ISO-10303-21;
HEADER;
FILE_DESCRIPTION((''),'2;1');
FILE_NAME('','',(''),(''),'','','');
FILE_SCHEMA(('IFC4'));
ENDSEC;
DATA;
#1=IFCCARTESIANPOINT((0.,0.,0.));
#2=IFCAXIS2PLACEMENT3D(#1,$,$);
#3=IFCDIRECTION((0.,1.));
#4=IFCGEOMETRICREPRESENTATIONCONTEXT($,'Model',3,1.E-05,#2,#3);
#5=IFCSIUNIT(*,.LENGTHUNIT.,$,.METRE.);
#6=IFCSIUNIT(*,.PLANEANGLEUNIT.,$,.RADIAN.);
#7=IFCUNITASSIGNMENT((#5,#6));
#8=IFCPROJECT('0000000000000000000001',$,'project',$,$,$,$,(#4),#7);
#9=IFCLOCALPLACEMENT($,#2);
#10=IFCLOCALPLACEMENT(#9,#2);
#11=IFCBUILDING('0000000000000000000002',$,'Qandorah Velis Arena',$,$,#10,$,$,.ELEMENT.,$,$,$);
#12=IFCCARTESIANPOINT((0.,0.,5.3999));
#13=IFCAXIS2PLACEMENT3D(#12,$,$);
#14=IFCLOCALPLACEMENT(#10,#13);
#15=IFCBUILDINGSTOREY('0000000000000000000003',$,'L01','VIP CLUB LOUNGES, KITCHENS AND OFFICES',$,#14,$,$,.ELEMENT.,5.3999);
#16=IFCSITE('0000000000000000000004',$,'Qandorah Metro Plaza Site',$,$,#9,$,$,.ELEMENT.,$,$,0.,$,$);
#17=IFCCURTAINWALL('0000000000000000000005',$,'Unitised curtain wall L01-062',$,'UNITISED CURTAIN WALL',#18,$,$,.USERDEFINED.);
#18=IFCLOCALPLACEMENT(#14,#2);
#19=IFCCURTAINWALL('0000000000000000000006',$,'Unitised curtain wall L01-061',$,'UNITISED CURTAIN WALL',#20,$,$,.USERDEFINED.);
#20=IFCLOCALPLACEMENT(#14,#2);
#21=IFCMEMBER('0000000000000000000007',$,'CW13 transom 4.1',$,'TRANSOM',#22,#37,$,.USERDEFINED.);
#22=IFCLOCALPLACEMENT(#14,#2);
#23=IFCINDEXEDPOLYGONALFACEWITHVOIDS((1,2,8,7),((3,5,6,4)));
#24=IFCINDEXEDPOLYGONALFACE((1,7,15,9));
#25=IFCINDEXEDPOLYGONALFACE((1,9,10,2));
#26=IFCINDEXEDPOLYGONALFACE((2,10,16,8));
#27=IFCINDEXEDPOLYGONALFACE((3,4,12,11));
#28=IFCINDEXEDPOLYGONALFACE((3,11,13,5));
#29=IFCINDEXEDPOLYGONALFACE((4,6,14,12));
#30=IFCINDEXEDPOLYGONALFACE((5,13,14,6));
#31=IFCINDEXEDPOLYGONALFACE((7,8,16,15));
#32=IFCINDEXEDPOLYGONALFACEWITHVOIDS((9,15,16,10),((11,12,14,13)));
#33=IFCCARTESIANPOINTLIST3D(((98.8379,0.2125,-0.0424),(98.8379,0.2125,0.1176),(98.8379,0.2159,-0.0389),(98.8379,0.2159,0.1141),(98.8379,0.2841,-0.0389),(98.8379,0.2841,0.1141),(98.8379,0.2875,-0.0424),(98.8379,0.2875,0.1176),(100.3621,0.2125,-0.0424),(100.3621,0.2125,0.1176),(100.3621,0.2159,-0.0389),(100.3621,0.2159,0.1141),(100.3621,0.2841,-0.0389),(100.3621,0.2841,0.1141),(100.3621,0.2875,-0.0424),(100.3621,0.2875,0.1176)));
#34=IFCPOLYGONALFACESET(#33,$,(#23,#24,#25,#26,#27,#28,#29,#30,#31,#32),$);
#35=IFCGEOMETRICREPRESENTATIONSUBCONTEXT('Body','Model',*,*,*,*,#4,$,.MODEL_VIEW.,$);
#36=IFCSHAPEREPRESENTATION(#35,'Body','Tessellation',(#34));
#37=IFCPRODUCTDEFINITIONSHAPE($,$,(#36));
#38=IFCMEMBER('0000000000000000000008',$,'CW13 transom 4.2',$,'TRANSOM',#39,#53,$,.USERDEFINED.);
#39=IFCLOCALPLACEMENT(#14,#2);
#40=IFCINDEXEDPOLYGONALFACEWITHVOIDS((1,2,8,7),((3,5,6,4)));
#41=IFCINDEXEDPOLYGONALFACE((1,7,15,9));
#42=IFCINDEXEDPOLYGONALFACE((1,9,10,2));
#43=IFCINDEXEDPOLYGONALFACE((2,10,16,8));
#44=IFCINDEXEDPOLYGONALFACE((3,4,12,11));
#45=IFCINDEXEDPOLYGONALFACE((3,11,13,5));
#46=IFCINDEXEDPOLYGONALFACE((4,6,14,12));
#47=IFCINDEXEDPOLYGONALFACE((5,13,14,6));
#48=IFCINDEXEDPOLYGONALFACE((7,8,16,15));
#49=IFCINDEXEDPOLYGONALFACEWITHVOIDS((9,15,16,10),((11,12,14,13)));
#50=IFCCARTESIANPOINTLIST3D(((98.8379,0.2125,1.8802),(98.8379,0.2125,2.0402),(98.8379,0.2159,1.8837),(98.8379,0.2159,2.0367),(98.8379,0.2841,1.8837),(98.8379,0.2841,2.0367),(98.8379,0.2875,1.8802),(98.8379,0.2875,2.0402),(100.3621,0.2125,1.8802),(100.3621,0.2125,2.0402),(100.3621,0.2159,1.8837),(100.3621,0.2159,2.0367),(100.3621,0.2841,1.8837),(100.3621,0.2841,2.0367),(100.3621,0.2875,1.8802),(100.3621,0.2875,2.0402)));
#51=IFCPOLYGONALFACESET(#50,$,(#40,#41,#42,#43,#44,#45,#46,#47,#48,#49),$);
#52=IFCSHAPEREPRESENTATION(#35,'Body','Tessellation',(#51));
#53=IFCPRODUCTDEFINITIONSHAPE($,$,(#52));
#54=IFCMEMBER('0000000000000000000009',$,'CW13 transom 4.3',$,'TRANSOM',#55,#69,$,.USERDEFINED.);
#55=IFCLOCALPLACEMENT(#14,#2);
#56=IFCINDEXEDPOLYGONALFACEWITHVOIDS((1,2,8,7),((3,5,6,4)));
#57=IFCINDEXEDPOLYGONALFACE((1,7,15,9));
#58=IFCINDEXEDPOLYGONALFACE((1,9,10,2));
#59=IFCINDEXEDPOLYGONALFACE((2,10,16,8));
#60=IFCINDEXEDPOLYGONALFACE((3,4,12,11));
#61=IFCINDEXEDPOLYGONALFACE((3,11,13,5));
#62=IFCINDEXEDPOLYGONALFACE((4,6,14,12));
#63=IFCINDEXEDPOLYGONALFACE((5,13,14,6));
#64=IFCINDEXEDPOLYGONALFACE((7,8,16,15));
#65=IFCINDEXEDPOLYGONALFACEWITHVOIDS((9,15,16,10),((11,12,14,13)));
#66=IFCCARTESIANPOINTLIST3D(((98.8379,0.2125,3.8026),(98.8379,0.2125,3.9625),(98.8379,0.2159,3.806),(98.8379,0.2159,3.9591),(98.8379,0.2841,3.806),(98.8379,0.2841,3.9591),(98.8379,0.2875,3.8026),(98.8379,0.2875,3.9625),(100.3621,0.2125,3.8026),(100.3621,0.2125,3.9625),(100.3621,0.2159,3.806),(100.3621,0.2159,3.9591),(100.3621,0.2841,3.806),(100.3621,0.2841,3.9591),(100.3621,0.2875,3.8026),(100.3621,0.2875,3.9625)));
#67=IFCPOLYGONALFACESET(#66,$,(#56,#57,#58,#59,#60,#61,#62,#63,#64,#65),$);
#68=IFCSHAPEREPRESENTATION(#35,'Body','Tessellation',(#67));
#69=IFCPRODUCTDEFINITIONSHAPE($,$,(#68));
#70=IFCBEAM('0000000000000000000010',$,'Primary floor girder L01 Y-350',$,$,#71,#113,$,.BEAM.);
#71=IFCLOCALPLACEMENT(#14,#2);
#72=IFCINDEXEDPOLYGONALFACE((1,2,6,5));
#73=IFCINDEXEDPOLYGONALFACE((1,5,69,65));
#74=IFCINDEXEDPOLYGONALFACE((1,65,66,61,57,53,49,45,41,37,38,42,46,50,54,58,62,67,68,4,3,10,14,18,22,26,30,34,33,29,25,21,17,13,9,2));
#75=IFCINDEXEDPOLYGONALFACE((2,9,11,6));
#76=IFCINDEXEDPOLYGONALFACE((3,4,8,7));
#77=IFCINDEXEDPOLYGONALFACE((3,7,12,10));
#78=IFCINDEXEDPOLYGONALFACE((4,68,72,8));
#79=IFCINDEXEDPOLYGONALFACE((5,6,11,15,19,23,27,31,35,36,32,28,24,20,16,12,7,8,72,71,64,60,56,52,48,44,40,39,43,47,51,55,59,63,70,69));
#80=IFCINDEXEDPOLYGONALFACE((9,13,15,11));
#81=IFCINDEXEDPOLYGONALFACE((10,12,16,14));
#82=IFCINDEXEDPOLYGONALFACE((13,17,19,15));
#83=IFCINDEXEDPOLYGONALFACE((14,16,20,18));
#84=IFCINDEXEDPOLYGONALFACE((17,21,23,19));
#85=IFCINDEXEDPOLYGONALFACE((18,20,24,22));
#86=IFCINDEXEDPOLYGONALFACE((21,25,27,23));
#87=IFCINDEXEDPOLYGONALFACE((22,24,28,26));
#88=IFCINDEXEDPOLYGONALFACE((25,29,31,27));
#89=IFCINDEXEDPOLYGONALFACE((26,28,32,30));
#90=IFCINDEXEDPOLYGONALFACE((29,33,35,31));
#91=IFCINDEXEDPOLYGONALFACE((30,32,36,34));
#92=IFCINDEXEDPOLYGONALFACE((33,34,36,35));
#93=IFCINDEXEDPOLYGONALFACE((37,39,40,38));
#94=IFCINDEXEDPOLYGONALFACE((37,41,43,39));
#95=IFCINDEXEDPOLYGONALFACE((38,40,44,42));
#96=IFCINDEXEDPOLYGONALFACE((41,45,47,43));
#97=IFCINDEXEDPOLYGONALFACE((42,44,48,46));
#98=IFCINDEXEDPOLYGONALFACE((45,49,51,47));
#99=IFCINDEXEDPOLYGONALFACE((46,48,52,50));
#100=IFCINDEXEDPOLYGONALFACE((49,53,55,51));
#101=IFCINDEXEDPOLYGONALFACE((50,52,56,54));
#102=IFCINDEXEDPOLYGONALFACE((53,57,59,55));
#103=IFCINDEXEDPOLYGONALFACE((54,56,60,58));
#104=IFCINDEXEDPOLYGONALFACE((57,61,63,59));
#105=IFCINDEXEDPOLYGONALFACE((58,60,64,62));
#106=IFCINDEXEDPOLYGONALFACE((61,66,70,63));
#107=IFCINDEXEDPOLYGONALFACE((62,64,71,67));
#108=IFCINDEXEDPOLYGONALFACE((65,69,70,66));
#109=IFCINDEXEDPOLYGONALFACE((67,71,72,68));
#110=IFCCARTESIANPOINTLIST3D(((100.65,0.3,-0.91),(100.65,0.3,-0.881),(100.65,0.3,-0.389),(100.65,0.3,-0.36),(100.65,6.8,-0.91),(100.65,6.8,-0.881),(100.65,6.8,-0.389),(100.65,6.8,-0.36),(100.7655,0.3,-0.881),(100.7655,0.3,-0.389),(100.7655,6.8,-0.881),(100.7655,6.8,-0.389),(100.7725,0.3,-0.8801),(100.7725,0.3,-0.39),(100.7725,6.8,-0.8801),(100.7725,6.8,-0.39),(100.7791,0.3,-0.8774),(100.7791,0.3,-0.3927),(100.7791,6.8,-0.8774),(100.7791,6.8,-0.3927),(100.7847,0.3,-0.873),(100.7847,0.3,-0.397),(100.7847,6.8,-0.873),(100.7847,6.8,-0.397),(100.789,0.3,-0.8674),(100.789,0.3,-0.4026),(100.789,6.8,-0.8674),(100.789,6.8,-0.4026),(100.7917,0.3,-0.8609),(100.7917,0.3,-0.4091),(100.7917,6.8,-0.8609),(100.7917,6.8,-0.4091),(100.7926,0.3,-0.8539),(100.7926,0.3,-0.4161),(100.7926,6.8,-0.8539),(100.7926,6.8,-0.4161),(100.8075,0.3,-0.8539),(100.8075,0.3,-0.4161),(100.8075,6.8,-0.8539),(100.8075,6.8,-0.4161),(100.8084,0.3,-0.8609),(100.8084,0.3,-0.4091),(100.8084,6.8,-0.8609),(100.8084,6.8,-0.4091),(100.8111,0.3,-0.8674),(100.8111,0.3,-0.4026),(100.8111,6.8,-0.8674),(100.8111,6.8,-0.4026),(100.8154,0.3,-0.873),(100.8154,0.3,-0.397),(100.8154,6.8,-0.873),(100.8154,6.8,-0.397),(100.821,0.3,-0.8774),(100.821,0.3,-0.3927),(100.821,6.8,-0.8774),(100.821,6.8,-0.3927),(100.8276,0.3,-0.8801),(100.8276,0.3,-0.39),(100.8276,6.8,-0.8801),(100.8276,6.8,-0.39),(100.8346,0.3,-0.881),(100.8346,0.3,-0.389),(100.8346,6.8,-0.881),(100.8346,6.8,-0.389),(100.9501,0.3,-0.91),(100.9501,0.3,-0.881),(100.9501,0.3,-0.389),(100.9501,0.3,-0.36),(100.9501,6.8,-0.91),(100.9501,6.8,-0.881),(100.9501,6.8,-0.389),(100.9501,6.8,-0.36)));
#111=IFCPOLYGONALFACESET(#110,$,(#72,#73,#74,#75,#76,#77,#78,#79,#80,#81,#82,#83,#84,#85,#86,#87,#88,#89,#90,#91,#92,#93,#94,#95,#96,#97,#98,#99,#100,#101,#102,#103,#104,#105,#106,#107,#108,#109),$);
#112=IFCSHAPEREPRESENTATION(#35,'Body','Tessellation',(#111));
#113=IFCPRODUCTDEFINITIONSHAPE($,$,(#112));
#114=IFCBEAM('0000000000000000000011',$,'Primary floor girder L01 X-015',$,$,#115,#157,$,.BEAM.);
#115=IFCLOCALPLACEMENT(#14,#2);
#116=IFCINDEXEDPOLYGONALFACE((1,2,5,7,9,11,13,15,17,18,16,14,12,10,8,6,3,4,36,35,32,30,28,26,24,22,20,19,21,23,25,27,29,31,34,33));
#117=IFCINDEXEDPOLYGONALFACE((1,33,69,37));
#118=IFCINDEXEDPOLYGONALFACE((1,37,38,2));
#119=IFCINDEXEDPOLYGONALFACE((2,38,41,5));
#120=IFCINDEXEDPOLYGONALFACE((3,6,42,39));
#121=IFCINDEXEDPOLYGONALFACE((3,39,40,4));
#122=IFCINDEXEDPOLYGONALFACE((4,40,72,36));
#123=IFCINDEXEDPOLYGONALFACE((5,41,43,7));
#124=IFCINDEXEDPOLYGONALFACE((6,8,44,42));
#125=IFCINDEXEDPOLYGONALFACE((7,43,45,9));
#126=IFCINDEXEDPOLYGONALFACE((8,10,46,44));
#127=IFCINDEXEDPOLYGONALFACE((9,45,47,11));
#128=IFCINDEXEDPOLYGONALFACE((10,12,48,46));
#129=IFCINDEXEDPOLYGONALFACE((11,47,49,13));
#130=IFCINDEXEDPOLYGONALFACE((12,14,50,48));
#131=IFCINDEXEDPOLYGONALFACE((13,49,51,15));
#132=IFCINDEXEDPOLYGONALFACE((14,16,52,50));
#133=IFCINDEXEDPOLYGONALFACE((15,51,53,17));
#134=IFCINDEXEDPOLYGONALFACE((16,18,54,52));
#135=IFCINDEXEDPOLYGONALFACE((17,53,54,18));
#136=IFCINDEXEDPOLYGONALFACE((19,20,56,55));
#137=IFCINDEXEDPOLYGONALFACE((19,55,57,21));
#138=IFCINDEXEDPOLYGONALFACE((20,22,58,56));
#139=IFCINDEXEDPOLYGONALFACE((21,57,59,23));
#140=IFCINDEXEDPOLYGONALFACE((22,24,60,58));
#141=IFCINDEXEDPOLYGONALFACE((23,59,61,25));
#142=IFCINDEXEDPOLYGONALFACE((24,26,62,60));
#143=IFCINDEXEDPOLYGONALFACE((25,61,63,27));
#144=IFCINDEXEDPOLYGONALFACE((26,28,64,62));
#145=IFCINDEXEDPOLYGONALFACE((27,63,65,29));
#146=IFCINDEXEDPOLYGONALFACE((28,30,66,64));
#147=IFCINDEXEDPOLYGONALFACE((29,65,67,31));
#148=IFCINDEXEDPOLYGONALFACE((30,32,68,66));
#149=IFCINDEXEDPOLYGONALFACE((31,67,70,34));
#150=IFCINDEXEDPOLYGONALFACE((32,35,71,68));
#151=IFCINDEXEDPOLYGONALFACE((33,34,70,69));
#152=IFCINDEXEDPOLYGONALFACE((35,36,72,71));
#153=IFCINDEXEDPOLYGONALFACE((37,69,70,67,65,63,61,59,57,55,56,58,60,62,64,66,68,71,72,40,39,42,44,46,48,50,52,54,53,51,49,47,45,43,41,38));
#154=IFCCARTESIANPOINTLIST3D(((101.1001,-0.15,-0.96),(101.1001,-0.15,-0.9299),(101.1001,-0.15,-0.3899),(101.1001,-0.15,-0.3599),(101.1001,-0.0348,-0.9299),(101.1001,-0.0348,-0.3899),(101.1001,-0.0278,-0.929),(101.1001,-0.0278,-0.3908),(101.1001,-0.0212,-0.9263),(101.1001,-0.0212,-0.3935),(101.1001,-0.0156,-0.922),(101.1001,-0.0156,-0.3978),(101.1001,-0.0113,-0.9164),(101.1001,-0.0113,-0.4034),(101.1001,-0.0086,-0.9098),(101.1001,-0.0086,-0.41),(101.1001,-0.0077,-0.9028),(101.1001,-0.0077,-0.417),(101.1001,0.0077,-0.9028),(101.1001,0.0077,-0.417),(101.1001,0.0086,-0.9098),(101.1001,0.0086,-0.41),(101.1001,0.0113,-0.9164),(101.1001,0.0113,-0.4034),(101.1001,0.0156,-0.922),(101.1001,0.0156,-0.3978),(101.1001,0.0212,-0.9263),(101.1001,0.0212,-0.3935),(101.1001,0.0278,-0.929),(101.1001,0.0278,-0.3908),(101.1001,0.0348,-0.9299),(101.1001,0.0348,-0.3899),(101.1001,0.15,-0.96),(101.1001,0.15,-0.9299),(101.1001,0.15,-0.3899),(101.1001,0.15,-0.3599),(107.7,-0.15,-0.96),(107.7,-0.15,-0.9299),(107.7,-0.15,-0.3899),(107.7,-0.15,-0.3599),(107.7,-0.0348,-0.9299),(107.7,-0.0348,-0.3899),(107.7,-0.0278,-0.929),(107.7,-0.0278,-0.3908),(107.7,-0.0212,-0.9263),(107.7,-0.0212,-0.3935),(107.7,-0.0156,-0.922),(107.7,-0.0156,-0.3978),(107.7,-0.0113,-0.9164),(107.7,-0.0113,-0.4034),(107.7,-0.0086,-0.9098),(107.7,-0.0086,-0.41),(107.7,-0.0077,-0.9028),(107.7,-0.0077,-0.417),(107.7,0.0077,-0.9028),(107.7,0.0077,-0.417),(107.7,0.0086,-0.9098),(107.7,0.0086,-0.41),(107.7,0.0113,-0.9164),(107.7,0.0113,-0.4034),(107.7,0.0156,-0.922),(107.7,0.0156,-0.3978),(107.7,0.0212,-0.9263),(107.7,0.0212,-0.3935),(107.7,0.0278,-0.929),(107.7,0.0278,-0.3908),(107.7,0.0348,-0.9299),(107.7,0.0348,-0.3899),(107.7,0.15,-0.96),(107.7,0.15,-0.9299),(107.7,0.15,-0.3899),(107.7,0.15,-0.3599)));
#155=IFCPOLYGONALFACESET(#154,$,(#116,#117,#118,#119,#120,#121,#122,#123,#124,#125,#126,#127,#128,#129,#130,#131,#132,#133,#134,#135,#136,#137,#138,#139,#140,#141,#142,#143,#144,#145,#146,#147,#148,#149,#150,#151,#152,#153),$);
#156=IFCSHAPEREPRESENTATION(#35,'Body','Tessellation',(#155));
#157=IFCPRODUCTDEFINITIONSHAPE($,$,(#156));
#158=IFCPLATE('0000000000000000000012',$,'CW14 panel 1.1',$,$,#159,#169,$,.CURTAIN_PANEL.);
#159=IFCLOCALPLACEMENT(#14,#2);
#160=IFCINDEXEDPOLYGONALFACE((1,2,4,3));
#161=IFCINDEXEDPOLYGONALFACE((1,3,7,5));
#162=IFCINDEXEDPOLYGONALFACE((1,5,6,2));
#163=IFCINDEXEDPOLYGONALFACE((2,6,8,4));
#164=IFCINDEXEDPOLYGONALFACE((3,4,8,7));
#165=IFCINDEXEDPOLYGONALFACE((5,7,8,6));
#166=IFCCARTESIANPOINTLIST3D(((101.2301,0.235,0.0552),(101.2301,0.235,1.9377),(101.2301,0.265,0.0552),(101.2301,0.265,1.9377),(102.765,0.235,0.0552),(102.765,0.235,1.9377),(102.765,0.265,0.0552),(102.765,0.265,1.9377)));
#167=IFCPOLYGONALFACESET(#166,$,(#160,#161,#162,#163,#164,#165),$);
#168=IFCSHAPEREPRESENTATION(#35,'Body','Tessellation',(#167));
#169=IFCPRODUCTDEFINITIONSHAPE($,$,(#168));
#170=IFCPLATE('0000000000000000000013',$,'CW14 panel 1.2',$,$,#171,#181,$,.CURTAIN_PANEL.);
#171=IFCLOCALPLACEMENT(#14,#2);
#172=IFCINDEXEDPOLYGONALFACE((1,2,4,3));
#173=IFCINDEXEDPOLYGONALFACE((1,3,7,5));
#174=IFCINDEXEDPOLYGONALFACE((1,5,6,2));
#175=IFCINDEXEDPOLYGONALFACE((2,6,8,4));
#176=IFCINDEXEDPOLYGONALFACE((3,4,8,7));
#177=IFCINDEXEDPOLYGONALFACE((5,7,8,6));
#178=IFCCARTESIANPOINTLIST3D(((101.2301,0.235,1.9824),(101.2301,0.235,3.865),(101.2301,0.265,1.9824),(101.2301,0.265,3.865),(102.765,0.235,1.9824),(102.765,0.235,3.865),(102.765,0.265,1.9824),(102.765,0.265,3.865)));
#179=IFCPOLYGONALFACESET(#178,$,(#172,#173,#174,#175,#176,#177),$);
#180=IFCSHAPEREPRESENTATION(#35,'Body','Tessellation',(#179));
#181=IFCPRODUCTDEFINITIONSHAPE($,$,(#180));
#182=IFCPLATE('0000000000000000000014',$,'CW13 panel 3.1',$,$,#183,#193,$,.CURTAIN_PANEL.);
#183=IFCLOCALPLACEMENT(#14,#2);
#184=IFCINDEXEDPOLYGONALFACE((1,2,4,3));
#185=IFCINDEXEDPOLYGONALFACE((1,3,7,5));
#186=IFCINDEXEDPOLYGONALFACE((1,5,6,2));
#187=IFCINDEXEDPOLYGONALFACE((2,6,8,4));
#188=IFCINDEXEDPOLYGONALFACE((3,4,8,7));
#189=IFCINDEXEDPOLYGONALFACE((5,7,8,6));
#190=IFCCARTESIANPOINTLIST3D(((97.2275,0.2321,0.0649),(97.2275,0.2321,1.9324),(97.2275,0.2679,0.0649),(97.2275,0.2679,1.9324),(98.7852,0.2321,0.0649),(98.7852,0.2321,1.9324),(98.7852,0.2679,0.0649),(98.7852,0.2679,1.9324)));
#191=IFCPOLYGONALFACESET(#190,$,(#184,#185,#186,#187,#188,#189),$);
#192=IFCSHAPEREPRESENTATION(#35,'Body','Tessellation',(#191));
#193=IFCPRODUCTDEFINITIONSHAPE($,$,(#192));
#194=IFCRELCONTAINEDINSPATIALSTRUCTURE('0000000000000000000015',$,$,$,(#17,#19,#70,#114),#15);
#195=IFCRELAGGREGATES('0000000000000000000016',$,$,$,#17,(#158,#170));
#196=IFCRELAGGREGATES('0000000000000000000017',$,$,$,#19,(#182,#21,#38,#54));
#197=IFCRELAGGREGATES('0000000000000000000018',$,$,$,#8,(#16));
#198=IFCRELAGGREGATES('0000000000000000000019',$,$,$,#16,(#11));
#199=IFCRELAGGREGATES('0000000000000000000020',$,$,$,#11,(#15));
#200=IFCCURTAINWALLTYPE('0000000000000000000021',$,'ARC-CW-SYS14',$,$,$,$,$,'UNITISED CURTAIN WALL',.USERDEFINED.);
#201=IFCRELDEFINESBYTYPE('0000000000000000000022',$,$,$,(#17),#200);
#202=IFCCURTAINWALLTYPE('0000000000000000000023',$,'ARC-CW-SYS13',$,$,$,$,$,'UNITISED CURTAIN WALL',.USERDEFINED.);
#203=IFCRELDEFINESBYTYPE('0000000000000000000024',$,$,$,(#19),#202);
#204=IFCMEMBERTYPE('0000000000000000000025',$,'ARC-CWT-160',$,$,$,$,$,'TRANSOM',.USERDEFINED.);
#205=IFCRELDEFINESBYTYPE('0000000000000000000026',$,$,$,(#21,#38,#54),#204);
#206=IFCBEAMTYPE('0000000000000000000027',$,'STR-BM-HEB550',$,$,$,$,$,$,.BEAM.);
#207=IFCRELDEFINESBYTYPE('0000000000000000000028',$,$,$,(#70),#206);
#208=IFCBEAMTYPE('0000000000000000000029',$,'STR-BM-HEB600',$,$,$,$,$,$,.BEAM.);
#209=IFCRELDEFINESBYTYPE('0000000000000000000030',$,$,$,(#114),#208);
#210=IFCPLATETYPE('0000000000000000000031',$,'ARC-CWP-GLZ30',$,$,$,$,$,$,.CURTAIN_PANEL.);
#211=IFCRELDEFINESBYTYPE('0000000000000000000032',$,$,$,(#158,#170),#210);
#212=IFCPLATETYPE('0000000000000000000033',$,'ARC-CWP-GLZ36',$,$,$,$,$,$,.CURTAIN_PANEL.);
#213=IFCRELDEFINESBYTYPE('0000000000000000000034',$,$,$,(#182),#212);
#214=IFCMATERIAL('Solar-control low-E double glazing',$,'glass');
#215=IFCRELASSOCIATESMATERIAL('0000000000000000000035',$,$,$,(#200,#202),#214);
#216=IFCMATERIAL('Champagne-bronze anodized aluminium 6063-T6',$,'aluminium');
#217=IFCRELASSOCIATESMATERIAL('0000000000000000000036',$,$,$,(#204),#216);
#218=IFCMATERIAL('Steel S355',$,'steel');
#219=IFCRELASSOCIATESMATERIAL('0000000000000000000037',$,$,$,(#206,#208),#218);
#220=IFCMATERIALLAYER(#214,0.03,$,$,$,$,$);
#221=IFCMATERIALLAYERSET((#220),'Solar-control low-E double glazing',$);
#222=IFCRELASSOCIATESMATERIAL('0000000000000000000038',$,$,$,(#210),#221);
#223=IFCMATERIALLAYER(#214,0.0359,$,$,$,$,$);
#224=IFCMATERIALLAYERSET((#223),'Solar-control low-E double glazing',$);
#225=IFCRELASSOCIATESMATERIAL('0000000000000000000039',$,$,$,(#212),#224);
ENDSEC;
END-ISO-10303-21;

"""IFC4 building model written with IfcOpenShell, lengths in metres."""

from ifc_helpers import new_model, si_unit, direction, frame, origin, origin_2d, place, context, subcontext, project, spatial, rectangle, hollow_rectangle, i_section, extrude, material, layer, layer_set, material_profile, profile_set, type_object, element, aggregate, save


model = new_model("IFC4")

# Units and contexts
model_context = context("Model", 3, precision=1e-05, world=origin(), true_north=direction((0.0, 1.0)))
body_context = subcontext(model_context, "Body", "Model", "MODEL_VIEW")
ifc_project = project(units=[si_unit("LENGTHUNIT", "METRE"), si_unit("PLANEANGLEUNIT", "RADIAN")], contexts=[model_context])

# Site, building, storey
site_placement = place(None, origin())
site = spatial("IfcSite", under=ifc_project, at=site_placement, Name="Qandorah Metro Plaza Site", CompositionType="ELEMENT", RefElevation=0.0)
building_placement = place(site_placement, origin())
building = spatial("IfcBuilding", under=site, at=building_placement, Name="Qandorah Velis Arena", CompositionType="ELEMENT")
storey_placement = place(building_placement, frame((0.0, 0.0, 5.3999)))
storey = spatial("IfcBuildingStorey", under=building, at=storey_placement, Name="L01", Description="VIP CLUB LOUNGES, KITCHENS AND OFFICES", CompositionType="ELEMENT", Elevation=5.3999)

# Curtain wall
ifc_material_1 = material(Name="Solar-control low-E double glazing", Category="glass")
curtain_wall_type_1 = type_object("IfcCurtainWallType", Name="ARC-CW-SYS14", ElementType="UNITISED CURTAIN WALL", PredefinedType="USERDEFINED", material=ifc_material_1)
curtain_wall_1_placement = place(storey_placement, origin())
curtain_wall_1 = element("IfcCurtainWall", 1, at=curtain_wall_1_placement, inside=storey, type_object=curtain_wall_type_1, Name="Unitised curtain wall L01-062", ObjectType="UNITISED CURTAIN WALL", PredefinedType="USERDEFINED")
ifc_material_2 = material(Name="Champagne-bronze anodized aluminium 6063-T6", Category="aluminium")

# Curtain wall
curtain_wall_type_2 = type_object("IfcCurtainWallType", Name="ARC-CW-SYS13", ElementType="UNITISED CURTAIN WALL", PredefinedType="USERDEFINED", material=ifc_material_1)
curtain_wall_2_placement = place(storey_placement, origin())
curtain_wall_2 = element("IfcCurtainWall", 2, at=curtain_wall_2_placement, inside=storey, type_object=curtain_wall_type_2, Name="Unitised curtain wall L01-061", ObjectType="UNITISED CURTAIN WALL", PredefinedType="USERDEFINED")

# Members
ifc_material_profile_1 = material_profile(ifc_material_2, hollow_rectangle(XDim=0.075, YDim=0.1599, WallThickness=0.0034, at=origin_2d()), Name="ALU TRANSOM 75x160")
ifc_profile_set_1 = profile_set([ifc_material_profile_1], Name="Champagne-bronze anodized aluminium 6063-T6")
member_type_1 = type_object("IfcMemberType", Name="ARC-CWT-160", ElementType="TRANSOM", PredefinedType="USERDEFINED", material=ifc_profile_set_1)
member_1_placement = place(storey_placement, frame((98.8379, 0.25, 0.0376), z_axis=(1.0, 0.0, 0.0), x_axis=(0.0, 1.0, 0.0)))
member_1 = element("IfcMember", 3, at=member_1_placement, type_object=member_type_1, Name="CW13 transom 4.1", ObjectType="TRANSOM", PredefinedType="USERDEFINED", context=body_context, shape_type="SweptSolid", body=[
    extrude(hollow_rectangle(XDim=0.075, YDim=0.1599, WallThickness=0.0034, at=origin_2d()), origin(), (0.0, 0.0, 1.0), 1.5242),
])
member_2_placement = place(storey_placement, frame((98.8379, 0.25, 1.9602), z_axis=(1.0, 0.0, 0.0), x_axis=(0.0, 1.0, 0.0)))
member_2 = element("IfcMember", 4, at=member_2_placement, type_object=member_type_1, Name="CW13 transom 4.2", ObjectType="TRANSOM", PredefinedType="USERDEFINED", context=body_context, shape_type="SweptSolid", body=[
    extrude(hollow_rectangle(XDim=0.075, YDim=0.1599, WallThickness=0.0034, at=origin_2d()), origin(), (0.0, 0.0, 1.0), 1.5242),
])
member_3_placement = place(storey_placement, frame((98.8379, 0.25, 3.8826), z_axis=(1.0, 0.0, 0.0), x_axis=(0.0, 1.0, 0.0)))
member_3 = element("IfcMember", 5, at=member_3_placement, type_object=member_type_1, Name="CW13 transom 4.3", ObjectType="TRANSOM", PredefinedType="USERDEFINED", context=body_context, shape_type="SweptSolid", body=[
    extrude(hollow_rectangle(XDim=0.075, YDim=0.1599, WallThickness=0.0034, at=origin_2d()), origin(), (0.0, 0.0, 1.0), 1.5242),
])

# Beams
ifc_material_3 = material(Name="Steel S355", Category="steel")
ifc_material_profile_2 = material_profile(ifc_material_3, i_section(OverallWidth=0.3, OverallDepth=0.55, WebThickness=0.0149, FlangeThickness=0.0291, FilletRadius=0.0271, at=origin_2d()), Name="HEB 550")
ifc_profile_set_2 = profile_set([ifc_material_profile_2], Name="Steel S355")
beam_type_1 = type_object("IfcBeamType", Name="STR-BM-HEB550", PredefinedType="BEAM", material=ifc_profile_set_2)
beam_1_placement = place(storey_placement, frame((100.8, 0.3, -0.635), z_axis=(0.0, 1.0, 0.0), x_axis=(-1.0, 0.0, 0.0)))
element("IfcBeam", 6, at=beam_1_placement, inside=storey, type_object=beam_type_1, Name="Primary floor girder L01 Y-350", PredefinedType="BEAM", context=body_context, shape_type="SweptSolid", body=[
    extrude(i_section(OverallWidth=0.3, OverallDepth=0.55, WebThickness=0.0149, FlangeThickness=0.0291, FilletRadius=0.0271, at=origin_2d()), origin(), (0.0, 0.0, 1.0), 6.5),
])
ifc_material_profile_3 = material_profile(ifc_material_3, i_section(OverallWidth=0.3, OverallDepth=0.6001, WebThickness=0.0154, FlangeThickness=0.03, FilletRadius=0.0271, at=origin_2d()), Name="HEB 600")
ifc_profile_set_3 = profile_set([ifc_material_profile_3], Name="Steel S355")
beam_type_2 = type_object("IfcBeamType", Name="STR-BM-HEB600", PredefinedType="BEAM", material=ifc_profile_set_3)
beam_2_placement = place(storey_placement, frame((101.1001, 0.0, -0.6599), z_axis=(1.0, 0.0, 0.0), x_axis=(0.0, 1.0, 0.0)))
element("IfcBeam", 7, at=beam_2_placement, inside=storey, type_object=beam_type_2, Name="Primary floor girder L01 X-015", PredefinedType="BEAM", context=body_context, shape_type="SweptSolid", body=[
    extrude(i_section(OverallWidth=0.3, OverallDepth=0.6001, WebThickness=0.0154, FlangeThickness=0.03, FilletRadius=0.0271, at=origin_2d()), origin(), (0.0, 0.0, 1.0), 6.5999),
])

# Plates
ifc_layer_1 = layer(ifc_material_1, 0.03)
ifc_layer_set_1 = layer_set([ifc_layer_1], Name="Solar-control low-E double glazing")
plate_type_1 = type_object("IfcPlateType", Name="ARC-CWP-GLZ30", PredefinedType="CURTAIN_PANEL", material=ifc_layer_set_1)
plate_1_placement = place(storey_placement, frame((101.9976, 0.25, 0.0552), z_axis=(0.0, 0.0, 1.0), x_axis=(1.0, 0.0, 0.0)))
plate_1 = element("IfcPlate", 8, at=plate_1_placement, type_object=plate_type_1, Name="CW14 panel 1.1", PredefinedType="CURTAIN_PANEL", context=body_context, shape_type="SweptSolid", body=[
    extrude(rectangle(XDim=1.5349, YDim=0.03, at=origin_2d()), origin(), (0.0, 0.0, 1.0), 1.8826),
])
plate_2_placement = place(storey_placement, frame((101.9976, 0.25, 1.9824), z_axis=(0.0, 0.0, 1.0), x_axis=(1.0, 0.0, 0.0)))
plate_2 = element("IfcPlate", 9, at=plate_2_placement, type_object=plate_type_1, Name="CW14 panel 1.2", PredefinedType="CURTAIN_PANEL", context=body_context, shape_type="SweptSolid", body=[
    extrude(rectangle(XDim=1.5349, YDim=0.03, at=origin_2d()), origin(), (0.0, 0.0, 1.0), 1.8826),
])
aggregate(curtain_wall_1, [plate_1, plate_2])
ifc_layer_2 = layer(ifc_material_1, 0.0359)
ifc_layer_set_2 = layer_set([ifc_layer_2], Name="Solar-control low-E double glazing")
plate_type_2 = type_object("IfcPlateType", Name="ARC-CWP-GLZ36", PredefinedType="CURTAIN_PANEL", material=ifc_layer_set_2)
plate_3_placement = place(storey_placement, frame((98.0063, 0.25, 0.0649), z_axis=(0.0, 0.0, 1.0), x_axis=(1.0, 0.0, 0.0)))
plate_3 = element("IfcPlate", 10, at=plate_3_placement, type_object=plate_type_2, Name="CW13 panel 3.1", PredefinedType="CURTAIN_PANEL", context=body_context, shape_type="SweptSolid", body=[
    extrude(rectangle(XDim=1.5576, YDim=0.0359, at=origin_2d()), origin(), (0.0, 0.0, 1.0), 1.8674),
])
aggregate(curtain_wall_2, [plate_3, member_1, member_2, member_3])

save(model, "model.ifc")
